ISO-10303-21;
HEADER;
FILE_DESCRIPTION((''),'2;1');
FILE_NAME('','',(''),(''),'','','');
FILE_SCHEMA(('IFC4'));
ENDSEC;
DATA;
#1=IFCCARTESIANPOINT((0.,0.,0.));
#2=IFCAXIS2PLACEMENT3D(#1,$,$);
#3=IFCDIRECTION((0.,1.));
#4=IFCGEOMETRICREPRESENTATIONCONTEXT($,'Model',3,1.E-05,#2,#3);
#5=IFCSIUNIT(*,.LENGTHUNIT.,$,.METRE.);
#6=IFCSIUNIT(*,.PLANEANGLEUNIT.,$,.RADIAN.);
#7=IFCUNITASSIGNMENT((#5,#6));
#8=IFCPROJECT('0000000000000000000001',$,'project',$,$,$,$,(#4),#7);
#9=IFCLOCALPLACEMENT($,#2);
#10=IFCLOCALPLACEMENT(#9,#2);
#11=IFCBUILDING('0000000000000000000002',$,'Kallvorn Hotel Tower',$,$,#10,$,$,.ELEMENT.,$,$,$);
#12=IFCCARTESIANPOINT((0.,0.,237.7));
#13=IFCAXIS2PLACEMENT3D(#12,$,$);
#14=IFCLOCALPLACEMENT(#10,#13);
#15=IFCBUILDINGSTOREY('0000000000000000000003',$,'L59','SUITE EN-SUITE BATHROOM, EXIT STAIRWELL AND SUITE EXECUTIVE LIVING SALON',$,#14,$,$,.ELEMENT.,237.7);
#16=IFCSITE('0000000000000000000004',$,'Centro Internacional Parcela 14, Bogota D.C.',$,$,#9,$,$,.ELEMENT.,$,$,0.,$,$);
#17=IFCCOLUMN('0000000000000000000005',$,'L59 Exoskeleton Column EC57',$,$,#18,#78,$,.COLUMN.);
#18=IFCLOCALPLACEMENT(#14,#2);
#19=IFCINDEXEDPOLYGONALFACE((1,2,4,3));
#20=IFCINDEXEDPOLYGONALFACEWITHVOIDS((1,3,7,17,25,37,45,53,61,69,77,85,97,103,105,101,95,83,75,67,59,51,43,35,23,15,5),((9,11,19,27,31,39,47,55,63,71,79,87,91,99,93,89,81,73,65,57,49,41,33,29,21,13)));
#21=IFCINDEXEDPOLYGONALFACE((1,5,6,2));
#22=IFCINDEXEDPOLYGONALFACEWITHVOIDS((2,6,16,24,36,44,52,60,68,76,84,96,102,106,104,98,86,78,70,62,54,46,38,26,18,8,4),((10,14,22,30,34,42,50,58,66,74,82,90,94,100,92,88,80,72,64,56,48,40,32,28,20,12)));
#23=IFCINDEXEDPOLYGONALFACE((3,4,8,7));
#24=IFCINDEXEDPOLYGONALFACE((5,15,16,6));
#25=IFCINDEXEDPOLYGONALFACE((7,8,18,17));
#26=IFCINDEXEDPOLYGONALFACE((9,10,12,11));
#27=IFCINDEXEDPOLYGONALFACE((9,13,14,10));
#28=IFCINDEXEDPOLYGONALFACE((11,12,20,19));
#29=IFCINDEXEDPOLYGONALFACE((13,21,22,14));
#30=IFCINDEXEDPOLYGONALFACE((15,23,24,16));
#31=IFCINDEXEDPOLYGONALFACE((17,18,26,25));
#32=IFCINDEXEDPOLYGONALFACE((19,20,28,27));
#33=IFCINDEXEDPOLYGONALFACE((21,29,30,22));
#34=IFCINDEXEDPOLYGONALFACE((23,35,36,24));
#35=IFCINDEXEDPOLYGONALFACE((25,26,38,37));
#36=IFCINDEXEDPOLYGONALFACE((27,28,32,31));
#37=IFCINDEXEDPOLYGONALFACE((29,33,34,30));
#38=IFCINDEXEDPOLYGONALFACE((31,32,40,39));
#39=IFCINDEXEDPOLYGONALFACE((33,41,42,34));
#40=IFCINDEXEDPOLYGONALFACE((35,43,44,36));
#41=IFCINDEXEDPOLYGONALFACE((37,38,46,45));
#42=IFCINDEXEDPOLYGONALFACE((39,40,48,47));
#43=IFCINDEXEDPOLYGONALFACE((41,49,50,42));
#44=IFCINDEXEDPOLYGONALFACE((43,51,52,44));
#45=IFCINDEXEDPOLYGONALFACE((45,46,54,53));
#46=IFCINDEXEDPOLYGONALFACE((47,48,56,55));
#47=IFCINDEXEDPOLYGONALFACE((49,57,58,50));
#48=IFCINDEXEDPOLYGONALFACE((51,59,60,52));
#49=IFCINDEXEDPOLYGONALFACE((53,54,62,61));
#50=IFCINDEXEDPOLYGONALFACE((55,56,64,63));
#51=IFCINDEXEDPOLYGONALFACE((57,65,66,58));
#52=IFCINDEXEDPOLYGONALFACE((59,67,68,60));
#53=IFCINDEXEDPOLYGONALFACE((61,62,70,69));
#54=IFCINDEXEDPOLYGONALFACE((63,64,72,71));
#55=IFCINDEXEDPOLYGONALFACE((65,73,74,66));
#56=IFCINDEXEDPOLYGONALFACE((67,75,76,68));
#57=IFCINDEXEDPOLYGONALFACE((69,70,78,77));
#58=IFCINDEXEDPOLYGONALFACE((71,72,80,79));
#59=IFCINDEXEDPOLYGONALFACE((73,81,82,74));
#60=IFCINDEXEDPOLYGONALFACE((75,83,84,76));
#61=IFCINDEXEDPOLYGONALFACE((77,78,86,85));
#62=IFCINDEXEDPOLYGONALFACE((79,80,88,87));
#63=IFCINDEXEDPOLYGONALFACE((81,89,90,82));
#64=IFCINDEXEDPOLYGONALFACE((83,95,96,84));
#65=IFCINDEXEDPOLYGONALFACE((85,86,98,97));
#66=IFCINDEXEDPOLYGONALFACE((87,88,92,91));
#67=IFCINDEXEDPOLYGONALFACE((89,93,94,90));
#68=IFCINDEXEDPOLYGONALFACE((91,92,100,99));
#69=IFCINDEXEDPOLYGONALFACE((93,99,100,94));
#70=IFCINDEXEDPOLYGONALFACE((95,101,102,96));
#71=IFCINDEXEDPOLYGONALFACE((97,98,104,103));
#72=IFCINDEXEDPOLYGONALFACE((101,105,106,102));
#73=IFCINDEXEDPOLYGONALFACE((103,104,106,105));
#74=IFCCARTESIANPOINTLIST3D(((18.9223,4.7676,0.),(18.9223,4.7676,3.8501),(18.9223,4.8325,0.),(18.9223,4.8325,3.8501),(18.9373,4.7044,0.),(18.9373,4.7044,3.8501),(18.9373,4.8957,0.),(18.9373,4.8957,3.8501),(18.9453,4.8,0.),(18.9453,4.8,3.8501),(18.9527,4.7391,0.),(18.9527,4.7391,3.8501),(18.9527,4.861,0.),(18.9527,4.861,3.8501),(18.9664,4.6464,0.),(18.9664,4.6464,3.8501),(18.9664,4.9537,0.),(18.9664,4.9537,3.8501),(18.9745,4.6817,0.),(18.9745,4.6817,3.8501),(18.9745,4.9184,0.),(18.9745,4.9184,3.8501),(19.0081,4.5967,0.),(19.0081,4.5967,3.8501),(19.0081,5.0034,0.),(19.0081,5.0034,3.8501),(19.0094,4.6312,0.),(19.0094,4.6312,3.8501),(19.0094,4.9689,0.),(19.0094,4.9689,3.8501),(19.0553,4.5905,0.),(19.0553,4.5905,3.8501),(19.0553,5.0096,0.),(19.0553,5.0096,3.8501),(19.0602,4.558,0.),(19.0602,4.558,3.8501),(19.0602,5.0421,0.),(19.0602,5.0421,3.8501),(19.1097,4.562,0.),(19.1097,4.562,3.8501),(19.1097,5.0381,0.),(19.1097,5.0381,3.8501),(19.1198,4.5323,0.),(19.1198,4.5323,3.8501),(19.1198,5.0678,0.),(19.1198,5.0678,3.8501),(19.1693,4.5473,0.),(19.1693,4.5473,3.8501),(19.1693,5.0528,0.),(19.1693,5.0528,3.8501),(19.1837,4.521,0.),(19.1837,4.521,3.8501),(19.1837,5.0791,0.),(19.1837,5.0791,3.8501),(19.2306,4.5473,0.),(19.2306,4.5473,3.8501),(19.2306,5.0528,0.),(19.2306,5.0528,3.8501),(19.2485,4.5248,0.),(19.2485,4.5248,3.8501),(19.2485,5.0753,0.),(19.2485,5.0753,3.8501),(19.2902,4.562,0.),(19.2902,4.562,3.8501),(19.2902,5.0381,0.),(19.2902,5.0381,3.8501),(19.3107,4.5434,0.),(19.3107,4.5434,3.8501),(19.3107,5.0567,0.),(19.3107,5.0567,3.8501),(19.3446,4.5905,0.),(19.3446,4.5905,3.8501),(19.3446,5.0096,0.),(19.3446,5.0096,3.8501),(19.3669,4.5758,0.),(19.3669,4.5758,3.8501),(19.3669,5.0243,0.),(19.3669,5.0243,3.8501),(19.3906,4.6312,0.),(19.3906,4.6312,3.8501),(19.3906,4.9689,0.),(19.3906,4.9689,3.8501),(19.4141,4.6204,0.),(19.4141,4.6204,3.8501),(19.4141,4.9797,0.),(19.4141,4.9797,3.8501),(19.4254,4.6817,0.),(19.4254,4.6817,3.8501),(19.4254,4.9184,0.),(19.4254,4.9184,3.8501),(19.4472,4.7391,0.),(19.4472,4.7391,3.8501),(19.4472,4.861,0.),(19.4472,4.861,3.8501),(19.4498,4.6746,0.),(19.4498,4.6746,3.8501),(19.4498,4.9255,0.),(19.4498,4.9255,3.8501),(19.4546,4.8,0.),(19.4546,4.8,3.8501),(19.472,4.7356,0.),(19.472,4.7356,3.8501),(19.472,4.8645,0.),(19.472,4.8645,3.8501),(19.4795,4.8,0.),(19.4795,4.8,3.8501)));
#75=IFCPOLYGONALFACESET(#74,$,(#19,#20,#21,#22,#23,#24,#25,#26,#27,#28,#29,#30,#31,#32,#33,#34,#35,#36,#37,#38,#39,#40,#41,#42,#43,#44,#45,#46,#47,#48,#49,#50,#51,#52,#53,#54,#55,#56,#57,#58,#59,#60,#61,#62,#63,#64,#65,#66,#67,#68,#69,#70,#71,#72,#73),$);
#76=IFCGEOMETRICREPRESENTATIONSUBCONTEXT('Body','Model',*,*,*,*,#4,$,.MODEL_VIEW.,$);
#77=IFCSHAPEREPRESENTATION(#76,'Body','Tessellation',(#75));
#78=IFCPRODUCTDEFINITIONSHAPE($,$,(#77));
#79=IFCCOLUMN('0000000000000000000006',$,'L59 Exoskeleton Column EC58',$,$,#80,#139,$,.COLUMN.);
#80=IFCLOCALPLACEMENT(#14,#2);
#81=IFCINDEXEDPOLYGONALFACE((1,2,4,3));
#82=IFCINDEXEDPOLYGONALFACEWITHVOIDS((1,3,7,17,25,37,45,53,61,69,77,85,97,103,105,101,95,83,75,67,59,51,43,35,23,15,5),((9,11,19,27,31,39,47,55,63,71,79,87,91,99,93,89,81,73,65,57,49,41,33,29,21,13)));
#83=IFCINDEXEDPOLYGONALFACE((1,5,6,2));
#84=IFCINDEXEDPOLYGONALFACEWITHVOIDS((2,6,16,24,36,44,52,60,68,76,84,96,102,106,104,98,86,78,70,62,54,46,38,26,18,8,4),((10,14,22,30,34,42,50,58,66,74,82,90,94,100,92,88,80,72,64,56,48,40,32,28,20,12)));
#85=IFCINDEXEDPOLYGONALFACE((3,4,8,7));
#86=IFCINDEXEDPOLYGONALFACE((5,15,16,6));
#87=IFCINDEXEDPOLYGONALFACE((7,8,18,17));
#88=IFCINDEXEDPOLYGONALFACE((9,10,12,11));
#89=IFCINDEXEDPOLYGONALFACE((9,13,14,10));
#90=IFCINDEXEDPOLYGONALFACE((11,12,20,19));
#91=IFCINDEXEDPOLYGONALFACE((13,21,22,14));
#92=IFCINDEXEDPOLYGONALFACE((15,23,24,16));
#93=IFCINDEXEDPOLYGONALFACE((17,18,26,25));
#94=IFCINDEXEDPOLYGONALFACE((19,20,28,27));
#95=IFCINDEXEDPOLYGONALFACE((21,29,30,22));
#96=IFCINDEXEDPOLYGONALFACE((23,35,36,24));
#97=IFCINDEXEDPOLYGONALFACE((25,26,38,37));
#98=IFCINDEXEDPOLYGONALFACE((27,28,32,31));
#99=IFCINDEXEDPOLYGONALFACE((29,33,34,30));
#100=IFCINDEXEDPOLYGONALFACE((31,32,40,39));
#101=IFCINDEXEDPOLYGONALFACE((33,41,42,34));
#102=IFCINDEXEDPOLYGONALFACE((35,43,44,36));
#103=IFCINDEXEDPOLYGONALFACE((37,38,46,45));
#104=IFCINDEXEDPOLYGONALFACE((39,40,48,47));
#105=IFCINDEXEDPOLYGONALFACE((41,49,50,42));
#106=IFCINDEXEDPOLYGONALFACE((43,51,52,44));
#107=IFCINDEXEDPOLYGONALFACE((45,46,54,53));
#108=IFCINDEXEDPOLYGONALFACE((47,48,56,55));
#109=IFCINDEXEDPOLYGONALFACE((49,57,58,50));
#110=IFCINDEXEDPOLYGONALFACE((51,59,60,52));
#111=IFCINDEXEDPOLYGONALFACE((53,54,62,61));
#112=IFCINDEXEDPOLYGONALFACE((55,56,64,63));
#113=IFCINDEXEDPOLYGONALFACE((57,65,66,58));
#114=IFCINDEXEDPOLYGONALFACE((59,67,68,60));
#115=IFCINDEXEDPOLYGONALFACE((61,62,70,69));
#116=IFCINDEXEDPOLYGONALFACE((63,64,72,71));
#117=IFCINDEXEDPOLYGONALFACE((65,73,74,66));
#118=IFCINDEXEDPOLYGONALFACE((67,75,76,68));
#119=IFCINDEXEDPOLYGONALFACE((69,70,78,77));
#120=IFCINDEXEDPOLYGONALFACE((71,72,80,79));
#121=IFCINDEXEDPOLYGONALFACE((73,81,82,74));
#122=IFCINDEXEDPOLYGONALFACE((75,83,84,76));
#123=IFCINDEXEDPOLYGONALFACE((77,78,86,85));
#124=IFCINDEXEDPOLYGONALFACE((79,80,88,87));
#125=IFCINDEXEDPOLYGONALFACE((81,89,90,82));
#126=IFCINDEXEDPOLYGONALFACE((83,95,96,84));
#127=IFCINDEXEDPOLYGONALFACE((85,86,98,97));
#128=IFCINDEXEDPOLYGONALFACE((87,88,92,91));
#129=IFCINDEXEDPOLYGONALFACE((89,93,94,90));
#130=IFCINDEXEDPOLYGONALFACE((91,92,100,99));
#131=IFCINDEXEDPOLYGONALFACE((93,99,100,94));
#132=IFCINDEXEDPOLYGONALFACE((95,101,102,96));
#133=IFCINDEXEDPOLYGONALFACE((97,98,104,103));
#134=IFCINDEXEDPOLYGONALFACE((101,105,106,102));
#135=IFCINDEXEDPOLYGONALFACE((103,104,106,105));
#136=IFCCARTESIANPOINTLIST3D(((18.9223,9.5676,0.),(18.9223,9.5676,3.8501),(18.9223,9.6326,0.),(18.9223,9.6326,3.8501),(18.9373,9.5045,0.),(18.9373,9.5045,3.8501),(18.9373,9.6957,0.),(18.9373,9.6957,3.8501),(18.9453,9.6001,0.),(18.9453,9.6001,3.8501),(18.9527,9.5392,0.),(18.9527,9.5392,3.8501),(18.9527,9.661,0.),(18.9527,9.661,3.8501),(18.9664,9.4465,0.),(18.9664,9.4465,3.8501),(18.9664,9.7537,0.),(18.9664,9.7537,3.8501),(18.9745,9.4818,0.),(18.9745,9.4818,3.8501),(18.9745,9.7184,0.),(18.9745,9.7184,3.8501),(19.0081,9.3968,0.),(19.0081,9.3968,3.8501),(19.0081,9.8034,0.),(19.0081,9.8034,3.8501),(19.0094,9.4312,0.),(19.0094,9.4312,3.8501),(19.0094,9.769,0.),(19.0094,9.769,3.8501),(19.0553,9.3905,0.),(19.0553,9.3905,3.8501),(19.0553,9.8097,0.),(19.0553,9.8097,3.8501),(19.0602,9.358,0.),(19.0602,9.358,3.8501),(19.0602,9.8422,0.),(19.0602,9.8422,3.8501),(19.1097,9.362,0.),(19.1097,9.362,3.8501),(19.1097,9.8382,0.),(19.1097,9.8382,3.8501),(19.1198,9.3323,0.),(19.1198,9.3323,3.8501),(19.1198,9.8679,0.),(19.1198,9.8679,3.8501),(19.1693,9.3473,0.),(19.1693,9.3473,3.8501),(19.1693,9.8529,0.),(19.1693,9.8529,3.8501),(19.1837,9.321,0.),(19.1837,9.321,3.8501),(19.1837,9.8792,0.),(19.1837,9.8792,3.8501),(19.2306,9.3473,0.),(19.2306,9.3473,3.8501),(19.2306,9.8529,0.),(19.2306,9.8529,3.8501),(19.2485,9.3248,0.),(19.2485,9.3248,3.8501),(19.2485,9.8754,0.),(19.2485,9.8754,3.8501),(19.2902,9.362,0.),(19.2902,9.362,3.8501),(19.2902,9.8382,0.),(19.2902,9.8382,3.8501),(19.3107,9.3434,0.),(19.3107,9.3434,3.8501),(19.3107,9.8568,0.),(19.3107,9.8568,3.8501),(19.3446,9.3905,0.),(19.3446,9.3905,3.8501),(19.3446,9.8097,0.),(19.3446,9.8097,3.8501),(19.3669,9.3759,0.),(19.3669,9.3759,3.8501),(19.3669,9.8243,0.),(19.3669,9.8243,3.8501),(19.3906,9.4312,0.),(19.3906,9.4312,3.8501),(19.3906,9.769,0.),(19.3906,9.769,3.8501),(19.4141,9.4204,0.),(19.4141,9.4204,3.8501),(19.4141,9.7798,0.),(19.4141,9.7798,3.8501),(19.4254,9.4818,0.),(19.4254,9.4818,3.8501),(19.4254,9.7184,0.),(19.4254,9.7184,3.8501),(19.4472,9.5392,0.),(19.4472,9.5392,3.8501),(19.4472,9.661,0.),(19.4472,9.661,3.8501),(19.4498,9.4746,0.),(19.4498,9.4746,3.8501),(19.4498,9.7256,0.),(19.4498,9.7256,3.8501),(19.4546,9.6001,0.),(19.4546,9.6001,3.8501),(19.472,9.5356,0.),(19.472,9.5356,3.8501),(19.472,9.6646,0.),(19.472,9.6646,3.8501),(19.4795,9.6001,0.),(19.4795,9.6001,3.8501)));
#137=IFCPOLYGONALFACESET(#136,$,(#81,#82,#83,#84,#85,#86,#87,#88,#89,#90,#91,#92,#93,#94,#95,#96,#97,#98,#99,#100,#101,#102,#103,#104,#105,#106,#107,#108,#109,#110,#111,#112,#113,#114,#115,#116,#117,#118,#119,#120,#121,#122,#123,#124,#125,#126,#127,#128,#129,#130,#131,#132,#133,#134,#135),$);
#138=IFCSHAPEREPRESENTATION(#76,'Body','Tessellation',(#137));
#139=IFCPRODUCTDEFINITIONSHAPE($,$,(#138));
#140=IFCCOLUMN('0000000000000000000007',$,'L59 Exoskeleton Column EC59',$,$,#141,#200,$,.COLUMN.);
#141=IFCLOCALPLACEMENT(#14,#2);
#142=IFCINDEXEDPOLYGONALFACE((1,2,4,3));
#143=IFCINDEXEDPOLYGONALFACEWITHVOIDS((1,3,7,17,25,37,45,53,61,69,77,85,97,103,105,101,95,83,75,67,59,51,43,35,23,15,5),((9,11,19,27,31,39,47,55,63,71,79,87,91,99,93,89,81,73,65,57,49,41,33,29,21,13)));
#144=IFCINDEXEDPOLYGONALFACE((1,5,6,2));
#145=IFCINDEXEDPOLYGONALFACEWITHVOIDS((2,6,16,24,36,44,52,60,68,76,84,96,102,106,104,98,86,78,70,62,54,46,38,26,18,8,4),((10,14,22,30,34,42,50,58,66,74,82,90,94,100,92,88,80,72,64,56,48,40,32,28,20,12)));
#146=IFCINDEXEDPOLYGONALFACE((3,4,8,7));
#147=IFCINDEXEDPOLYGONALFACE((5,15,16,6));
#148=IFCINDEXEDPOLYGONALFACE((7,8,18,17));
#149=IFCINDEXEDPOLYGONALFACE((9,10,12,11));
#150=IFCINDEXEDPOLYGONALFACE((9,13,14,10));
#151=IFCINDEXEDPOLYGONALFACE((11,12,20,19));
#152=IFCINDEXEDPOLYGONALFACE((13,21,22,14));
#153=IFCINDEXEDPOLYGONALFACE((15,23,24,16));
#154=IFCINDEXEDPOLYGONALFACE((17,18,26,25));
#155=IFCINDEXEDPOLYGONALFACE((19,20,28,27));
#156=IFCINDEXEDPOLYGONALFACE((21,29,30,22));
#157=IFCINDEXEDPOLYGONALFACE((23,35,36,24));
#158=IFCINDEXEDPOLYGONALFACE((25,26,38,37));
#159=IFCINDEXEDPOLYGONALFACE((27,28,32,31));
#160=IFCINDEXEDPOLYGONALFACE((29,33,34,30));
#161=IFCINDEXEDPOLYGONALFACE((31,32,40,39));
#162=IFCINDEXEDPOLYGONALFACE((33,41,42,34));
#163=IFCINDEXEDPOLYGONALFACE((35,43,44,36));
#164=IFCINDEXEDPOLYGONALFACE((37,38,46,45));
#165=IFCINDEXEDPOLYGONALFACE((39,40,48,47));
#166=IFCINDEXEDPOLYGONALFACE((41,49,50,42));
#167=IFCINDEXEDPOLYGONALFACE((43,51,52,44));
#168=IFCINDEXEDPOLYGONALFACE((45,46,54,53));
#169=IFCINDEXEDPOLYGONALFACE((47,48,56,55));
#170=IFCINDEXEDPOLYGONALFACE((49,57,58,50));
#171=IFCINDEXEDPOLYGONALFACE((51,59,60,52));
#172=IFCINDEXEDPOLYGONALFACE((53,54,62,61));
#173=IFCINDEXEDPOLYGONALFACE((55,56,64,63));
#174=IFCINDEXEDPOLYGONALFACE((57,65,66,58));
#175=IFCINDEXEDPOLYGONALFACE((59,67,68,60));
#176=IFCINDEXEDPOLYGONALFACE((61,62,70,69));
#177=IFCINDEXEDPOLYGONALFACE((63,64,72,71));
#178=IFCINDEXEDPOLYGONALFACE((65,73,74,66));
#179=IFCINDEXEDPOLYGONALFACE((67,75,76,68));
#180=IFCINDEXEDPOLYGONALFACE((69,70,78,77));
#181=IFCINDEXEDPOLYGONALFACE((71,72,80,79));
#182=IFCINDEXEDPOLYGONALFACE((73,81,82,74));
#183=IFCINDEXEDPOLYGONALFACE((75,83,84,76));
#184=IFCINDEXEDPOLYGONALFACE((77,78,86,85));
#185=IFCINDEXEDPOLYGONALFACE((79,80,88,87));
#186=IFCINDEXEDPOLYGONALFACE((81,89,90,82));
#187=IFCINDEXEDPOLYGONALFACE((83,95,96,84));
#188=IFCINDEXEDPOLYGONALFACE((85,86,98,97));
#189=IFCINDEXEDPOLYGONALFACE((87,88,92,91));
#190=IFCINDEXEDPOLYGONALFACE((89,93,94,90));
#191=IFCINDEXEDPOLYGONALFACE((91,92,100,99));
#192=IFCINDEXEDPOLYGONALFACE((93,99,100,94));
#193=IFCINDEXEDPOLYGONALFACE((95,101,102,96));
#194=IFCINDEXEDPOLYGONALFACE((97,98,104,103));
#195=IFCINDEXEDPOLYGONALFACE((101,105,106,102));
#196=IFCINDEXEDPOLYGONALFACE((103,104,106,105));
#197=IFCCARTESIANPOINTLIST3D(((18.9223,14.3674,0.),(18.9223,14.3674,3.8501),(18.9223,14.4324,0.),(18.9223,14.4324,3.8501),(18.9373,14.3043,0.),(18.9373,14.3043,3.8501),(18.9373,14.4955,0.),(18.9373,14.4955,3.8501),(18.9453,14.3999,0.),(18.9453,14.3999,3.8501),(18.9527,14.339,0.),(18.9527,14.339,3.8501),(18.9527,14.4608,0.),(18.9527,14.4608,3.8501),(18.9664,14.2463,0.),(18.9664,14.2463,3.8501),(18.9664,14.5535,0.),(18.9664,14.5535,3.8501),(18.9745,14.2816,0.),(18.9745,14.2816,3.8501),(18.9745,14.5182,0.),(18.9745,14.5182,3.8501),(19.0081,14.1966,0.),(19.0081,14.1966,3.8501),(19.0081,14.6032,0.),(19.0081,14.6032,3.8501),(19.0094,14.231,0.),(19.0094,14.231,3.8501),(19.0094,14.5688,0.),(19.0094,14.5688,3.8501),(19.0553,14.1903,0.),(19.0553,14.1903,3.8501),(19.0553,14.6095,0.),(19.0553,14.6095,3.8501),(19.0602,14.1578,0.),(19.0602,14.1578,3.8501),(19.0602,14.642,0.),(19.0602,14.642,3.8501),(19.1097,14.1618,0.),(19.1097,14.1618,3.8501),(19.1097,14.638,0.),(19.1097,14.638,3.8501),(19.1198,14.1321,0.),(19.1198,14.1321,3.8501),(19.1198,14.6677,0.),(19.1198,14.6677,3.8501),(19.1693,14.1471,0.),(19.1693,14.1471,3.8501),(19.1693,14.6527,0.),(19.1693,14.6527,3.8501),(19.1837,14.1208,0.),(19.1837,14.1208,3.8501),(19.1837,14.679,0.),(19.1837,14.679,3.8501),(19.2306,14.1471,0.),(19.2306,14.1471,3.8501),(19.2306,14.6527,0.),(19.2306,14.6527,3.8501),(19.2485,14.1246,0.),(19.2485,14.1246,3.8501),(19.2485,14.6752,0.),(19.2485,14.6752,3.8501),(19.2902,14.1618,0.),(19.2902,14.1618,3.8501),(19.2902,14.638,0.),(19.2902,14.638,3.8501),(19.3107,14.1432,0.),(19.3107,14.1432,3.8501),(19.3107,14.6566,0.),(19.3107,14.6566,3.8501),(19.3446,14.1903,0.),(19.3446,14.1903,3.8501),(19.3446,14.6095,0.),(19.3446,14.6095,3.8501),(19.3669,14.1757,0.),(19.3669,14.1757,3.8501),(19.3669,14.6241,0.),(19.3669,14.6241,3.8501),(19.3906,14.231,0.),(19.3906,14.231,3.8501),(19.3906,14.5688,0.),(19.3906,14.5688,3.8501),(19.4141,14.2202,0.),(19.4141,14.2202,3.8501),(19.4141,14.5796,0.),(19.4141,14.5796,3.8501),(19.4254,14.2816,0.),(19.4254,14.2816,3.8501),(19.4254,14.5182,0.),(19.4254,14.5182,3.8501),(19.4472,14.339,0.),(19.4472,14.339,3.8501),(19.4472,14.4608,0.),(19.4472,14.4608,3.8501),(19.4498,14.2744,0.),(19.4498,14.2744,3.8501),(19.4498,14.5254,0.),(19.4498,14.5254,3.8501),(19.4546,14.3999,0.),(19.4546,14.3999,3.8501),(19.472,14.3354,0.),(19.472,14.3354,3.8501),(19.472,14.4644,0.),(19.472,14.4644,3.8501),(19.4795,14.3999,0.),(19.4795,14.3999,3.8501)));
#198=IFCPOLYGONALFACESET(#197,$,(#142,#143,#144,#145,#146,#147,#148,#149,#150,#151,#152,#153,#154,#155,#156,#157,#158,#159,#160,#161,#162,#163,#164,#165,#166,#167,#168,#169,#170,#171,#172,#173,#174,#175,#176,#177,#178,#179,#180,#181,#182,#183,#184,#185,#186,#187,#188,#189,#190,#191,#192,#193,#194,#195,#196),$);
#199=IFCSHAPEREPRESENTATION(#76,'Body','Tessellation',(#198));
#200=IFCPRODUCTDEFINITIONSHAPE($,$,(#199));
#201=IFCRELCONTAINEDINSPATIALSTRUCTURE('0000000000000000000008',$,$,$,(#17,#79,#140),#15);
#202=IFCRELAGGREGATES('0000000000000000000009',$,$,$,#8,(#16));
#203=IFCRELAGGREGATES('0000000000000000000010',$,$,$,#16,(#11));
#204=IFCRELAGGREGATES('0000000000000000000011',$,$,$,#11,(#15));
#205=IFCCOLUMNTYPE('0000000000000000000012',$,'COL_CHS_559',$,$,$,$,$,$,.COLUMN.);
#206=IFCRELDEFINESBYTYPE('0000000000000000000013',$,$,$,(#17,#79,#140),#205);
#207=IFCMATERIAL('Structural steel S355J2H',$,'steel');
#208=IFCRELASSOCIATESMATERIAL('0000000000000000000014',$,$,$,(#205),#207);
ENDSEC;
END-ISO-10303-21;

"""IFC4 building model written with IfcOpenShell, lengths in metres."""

from ifc_helpers import new_model, si_unit, direction, frame, origin, origin_2d, place, context, subcontext, project, spatial, hollow_circle, extrude, material, material_profile, profile_set, type_object, element, save


model = new_model("IFC4")

# Units and contexts
model_context = context("Model", 3, precision=1e-05, world=origin(), true_north=direction((0.0, 1.0)))
body_context = subcontext(model_context, "Body", "Model", "MODEL_VIEW")
ifc_project = project(units=[si_unit("LENGTHUNIT", "METRE"), si_unit("PLANEANGLEUNIT", "RADIAN")], contexts=[model_context])

# Site, building, storey
site_placement = place(None, origin())
site = spatial("IfcSite", under=ifc_project, at=site_placement, Name="Centro Internacional Parcela 14, Bogota D.C.", CompositionType="ELEMENT", RefElevation=0.0)
building_placement = place(site_placement, origin())
building = spatial("IfcBuilding", under=site, at=building_placement, Name="Kallvorn Hotel Tower", CompositionType="ELEMENT")
storey_placement = place(building_placement, frame((0.0, 0.0, 237.7)))
storey = spatial("IfcBuildingStorey", under=building, at=storey_placement, Name="L59", Description="SUITE EN-SUITE BATHROOM, EXIT STAIRWELL AND SUITE EXECUTIVE LIVING SALON", CompositionType="ELEMENT", Elevation=237.7)

# Columns
ifc_material_1 = material(Name="Structural steel S355J2H", Category="steel")
ifc_material_profile_1 = material_profile(ifc_material_1, hollow_circle(Radius=0.2795, WallThickness=0.0249, at=origin_2d()), Name="CHS 559x25")
ifc_profile_set_1 = profile_set([ifc_material_profile_1], Name="Structural steel S355J2H")
column_type_1 = type_object("IfcColumnType", Name="COL_CHS_559", PredefinedType="COLUMN", material=ifc_profile_set_1)
for number, where, z_axis, x_axis, name in (
    (1, (19.2, 4.8, 0.0), (0.0, 0.0, 1.0), (1.0, 0.0, 0.0), "L59 Exoskeleton Column EC57"),
    (2, (19.2, 9.6001, 0.0), (0.0, 0.0, 1.0), (1.0, 0.0, 0.0), "L59 Exoskeleton Column EC58"),
    (3, (19.2, 14.3999, 0.0), (0.0, 0.0, 1.0), (1.0, 0.0, 0.0), "L59 Exoskeleton Column EC59"),
):
    element("IfcColumn", number, at=place(storey_placement, frame(where, z_axis=z_axis, x_axis=x_axis)), inside=storey, type_object=column_type_1, Name=name, PredefinedType="COLUMN", context=body_context, shape_type="SweptSolid", body=[
        extrude(hollow_circle(Radius=0.2795, WallThickness=0.0249, at=origin_2d()), origin(), (0.0, 0.0, 1.0), 3.8501),
    ])

save(model, "model.ifc")
